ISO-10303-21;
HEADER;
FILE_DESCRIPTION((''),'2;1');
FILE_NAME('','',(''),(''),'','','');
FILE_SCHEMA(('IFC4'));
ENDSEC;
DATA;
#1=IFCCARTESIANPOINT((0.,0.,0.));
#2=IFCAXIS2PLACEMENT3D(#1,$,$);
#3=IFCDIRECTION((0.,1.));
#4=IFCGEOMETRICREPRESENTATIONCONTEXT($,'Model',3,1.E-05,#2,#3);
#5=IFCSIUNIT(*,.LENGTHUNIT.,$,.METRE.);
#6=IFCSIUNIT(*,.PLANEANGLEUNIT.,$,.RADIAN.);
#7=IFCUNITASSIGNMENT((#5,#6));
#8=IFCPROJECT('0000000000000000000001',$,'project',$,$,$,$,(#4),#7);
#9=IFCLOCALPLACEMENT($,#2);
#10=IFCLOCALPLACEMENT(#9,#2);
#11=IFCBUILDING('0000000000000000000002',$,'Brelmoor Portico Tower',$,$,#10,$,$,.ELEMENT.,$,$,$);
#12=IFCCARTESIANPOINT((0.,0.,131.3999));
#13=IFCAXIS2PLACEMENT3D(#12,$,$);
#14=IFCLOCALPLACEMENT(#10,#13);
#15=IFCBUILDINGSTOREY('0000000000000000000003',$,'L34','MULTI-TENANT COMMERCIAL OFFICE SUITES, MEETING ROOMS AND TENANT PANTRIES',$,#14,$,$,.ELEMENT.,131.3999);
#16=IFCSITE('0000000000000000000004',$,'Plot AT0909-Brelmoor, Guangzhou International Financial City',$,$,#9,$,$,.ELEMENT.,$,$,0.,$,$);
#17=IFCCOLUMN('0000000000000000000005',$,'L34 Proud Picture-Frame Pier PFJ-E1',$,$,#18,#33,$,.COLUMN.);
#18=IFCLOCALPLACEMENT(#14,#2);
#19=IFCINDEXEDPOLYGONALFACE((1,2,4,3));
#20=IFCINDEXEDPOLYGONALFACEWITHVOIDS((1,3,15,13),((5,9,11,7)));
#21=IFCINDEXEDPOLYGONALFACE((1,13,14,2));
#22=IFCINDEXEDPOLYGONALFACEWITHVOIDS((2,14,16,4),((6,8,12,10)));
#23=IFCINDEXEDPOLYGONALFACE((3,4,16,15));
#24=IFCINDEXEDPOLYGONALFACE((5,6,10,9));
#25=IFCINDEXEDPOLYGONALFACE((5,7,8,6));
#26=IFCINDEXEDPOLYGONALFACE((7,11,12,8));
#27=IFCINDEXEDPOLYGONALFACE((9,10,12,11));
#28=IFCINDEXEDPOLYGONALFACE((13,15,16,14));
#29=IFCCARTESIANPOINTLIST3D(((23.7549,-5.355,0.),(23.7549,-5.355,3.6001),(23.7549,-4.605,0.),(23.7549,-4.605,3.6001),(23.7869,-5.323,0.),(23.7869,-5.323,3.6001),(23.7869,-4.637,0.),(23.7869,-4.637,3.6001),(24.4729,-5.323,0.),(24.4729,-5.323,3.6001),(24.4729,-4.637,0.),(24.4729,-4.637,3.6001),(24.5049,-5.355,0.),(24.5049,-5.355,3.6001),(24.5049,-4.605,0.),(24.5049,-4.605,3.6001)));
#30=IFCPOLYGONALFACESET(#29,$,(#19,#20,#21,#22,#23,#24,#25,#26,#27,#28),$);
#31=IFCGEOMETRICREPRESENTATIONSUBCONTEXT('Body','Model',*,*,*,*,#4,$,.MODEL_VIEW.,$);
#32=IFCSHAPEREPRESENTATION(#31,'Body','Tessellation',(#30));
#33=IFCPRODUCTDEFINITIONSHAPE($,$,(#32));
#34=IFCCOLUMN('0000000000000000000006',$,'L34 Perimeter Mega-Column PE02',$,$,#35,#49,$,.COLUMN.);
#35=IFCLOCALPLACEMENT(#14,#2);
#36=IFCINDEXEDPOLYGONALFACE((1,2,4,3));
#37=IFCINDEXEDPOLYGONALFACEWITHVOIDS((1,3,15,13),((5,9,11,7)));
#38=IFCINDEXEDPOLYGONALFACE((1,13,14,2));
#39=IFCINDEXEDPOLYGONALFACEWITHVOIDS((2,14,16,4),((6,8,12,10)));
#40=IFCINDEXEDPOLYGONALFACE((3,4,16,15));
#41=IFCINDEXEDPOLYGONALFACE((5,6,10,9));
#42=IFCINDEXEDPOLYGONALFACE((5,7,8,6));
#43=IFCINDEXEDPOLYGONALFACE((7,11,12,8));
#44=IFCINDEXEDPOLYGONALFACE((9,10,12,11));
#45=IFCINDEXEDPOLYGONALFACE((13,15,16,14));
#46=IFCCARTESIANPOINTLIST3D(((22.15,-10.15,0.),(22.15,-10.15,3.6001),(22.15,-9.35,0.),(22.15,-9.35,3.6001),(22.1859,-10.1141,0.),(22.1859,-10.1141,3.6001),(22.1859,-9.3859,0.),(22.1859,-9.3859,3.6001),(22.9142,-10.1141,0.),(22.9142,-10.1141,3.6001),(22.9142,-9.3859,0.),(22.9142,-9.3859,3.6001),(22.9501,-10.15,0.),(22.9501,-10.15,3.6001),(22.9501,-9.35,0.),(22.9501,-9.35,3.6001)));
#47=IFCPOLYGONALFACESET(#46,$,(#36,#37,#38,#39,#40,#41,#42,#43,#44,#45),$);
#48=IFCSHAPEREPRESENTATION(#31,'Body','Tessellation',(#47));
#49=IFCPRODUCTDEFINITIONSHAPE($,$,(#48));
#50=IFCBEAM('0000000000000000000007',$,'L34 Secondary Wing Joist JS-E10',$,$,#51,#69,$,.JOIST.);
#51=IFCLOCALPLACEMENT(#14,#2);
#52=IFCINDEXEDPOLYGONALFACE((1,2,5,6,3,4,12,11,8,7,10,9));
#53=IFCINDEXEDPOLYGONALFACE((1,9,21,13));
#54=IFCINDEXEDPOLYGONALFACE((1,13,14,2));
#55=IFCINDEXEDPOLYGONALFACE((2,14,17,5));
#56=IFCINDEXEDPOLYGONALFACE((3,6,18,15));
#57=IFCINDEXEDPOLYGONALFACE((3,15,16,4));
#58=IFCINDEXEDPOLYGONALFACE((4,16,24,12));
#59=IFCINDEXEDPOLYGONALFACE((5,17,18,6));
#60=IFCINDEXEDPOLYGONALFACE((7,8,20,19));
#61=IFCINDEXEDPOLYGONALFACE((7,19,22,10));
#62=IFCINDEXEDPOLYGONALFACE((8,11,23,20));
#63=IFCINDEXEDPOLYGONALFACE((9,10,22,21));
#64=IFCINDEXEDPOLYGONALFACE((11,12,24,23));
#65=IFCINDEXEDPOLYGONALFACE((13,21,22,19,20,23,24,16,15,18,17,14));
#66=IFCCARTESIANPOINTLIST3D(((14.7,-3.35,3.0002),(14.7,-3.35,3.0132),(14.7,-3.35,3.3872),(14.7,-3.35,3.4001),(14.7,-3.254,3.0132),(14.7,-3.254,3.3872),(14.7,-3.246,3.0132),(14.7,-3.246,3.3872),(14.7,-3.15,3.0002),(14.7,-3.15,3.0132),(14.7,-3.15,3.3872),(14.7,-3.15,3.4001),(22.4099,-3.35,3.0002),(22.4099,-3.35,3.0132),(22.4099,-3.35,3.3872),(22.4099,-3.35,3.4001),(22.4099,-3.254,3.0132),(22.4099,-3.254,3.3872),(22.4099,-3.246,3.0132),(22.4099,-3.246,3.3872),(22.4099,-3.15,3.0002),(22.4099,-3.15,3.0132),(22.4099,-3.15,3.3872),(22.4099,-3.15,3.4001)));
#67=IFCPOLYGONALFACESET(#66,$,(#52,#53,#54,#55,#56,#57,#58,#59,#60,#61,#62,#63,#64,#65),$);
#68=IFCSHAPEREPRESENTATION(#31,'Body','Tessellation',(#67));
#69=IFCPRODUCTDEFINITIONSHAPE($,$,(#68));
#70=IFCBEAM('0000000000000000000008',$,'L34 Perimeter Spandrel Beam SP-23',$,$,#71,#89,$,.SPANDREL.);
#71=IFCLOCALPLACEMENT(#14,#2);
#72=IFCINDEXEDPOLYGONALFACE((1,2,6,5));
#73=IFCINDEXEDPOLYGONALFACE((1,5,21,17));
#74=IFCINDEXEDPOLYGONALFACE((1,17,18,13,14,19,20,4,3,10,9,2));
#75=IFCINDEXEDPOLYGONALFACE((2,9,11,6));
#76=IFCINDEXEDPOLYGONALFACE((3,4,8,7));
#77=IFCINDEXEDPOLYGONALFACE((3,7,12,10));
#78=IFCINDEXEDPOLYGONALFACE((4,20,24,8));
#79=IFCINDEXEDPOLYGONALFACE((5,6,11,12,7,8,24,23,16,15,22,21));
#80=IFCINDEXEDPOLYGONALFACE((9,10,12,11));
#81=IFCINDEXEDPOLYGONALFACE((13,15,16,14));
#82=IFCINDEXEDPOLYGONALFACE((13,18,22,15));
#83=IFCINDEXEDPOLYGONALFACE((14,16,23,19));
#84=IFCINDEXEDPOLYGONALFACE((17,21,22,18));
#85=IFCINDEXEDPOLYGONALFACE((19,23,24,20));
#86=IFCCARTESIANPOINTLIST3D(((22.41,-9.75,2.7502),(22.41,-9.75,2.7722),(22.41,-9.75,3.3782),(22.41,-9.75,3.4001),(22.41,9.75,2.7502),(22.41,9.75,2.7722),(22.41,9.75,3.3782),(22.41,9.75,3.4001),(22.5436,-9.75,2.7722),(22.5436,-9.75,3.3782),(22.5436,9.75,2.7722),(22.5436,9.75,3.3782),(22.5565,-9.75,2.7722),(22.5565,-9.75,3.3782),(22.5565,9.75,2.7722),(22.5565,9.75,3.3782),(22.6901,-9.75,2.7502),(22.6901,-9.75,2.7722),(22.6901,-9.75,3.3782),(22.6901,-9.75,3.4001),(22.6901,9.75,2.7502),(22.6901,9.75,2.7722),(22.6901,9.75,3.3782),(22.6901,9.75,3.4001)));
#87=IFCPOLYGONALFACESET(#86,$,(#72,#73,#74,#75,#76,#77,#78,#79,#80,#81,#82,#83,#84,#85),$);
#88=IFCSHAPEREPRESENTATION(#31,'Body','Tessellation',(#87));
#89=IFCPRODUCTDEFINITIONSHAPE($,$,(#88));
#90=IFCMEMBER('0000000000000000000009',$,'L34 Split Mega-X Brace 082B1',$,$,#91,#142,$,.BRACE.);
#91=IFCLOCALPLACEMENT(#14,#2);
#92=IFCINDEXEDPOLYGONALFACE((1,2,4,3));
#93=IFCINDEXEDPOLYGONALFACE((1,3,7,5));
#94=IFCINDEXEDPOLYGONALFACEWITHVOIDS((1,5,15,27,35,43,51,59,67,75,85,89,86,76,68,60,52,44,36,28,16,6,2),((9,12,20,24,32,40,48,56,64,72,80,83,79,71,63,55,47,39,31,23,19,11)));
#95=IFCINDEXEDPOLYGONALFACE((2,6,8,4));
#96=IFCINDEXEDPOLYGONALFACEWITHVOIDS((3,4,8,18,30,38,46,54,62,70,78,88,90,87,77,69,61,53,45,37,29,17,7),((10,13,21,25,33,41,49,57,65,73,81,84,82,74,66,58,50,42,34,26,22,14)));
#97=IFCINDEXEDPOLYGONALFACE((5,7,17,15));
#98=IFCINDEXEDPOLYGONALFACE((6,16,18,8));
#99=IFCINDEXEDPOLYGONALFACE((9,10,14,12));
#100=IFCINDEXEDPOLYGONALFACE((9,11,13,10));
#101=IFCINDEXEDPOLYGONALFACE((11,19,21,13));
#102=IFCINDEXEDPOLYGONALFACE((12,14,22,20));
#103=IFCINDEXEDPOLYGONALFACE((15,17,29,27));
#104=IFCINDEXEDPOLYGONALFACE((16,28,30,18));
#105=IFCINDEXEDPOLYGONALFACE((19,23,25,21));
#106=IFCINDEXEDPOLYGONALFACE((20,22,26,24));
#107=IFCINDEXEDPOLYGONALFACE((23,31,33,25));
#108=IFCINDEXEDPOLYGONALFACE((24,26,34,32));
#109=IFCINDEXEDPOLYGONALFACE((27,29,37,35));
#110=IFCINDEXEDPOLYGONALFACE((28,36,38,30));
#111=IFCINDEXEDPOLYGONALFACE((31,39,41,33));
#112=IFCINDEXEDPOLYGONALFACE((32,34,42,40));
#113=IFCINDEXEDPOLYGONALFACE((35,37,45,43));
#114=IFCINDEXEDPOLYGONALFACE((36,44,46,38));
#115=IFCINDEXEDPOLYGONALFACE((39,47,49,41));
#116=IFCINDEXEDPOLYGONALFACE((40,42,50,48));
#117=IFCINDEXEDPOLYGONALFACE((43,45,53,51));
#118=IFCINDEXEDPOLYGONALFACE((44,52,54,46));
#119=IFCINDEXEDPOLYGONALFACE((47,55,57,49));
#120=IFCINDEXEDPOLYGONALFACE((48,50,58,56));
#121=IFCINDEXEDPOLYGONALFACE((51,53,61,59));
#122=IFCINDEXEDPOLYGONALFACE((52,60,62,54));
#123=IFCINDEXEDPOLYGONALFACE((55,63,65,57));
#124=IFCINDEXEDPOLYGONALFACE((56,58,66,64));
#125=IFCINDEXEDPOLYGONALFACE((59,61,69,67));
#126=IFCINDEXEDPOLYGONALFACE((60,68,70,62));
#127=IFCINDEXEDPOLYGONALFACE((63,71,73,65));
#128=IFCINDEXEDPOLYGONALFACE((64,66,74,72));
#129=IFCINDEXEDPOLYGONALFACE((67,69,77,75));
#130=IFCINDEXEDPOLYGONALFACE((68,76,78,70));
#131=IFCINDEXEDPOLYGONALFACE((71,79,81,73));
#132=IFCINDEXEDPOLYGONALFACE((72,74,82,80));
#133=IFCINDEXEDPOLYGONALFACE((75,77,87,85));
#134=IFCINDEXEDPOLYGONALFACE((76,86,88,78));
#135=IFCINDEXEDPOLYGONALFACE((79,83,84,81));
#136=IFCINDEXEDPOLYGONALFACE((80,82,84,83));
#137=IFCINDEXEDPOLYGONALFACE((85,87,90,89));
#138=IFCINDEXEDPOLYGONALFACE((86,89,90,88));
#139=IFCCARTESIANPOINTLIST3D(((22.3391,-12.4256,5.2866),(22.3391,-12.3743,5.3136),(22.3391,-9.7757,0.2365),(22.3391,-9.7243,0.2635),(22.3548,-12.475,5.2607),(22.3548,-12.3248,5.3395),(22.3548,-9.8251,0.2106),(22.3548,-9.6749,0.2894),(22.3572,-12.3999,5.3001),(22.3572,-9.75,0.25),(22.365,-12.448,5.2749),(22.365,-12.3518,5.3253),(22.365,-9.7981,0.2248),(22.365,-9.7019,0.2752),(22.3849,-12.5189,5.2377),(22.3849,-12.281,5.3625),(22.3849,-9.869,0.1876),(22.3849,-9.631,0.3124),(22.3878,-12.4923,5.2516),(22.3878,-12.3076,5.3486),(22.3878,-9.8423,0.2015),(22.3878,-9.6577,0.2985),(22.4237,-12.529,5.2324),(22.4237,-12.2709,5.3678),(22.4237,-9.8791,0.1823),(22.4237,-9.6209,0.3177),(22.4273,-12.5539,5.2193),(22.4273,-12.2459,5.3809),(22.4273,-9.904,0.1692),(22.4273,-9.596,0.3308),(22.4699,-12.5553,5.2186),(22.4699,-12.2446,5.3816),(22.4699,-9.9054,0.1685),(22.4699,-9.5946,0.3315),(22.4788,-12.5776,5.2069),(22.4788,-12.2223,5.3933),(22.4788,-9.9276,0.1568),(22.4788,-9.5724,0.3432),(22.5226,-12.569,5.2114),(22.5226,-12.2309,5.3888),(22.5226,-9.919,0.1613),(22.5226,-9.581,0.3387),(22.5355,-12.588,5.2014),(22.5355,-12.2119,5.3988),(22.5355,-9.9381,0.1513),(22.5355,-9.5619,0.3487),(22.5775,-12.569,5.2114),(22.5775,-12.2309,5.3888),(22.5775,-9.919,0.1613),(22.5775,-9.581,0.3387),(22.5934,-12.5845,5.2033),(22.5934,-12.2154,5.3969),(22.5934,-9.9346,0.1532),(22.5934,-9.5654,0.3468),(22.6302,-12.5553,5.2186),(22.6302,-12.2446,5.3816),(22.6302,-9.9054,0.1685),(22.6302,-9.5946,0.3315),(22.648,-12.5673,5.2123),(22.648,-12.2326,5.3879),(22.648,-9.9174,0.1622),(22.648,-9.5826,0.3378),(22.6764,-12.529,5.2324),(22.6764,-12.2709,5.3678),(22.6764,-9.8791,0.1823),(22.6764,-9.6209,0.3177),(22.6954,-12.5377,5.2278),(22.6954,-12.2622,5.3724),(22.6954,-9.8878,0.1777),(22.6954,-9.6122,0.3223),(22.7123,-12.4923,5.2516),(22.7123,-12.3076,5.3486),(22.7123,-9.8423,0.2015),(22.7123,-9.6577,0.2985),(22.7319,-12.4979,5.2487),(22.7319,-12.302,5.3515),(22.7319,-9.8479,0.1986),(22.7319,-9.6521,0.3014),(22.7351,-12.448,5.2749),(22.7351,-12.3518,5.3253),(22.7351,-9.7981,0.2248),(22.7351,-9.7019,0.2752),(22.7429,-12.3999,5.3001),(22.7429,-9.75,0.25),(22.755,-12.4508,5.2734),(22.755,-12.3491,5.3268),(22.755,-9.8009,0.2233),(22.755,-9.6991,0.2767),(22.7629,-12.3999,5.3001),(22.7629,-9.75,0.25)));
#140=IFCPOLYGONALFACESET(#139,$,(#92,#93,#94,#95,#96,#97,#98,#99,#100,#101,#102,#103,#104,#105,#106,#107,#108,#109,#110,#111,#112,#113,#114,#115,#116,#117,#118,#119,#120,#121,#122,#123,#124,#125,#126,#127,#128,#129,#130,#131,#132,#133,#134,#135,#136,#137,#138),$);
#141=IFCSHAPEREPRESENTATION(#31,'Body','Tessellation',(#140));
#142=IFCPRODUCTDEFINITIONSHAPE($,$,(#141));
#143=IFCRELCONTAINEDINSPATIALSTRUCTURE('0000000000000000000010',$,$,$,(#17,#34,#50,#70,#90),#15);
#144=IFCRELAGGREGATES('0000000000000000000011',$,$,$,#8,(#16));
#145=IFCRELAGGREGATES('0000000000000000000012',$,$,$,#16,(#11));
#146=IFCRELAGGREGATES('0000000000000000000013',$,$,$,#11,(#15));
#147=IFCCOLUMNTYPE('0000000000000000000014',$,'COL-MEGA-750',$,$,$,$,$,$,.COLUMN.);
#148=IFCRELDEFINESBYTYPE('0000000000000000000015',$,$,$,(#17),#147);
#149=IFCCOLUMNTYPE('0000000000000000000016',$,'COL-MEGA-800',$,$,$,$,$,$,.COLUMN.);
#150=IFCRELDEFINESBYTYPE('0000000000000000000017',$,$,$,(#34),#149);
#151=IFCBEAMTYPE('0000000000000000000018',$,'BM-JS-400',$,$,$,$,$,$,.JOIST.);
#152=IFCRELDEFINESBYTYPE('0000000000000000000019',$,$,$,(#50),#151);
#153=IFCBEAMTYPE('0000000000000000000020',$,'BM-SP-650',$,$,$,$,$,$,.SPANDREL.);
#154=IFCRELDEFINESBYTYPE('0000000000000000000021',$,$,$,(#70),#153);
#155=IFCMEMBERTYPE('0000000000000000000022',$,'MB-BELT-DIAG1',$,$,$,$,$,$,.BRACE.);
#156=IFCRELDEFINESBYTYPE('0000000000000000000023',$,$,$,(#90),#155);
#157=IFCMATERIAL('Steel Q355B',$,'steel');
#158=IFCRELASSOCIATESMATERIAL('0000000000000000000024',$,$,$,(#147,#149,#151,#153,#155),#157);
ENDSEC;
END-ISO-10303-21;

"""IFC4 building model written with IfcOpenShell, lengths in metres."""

from ifc_helpers import new_model, si_unit, direction, frame, origin, origin_2d, place, context, subcontext, project, spatial, hollow_rectangle, hollow_circle, i_section, extrude, material, material_profile, profile_set, type_object, element, save


model = new_model("IFC4")

# Units and contexts
model_context = context("Model", 3, precision=1e-05, world=origin(), true_north=direction((0.0, 1.0)))
body_context = subcontext(model_context, "Body", "Model", "MODEL_VIEW")
ifc_project = project(units=[si_unit("LENGTHUNIT", "METRE"), si_unit("PLANEANGLEUNIT", "RADIAN")], contexts=[model_context])

# Site, building, storey
site_placement = place(None, origin())
site = spatial("IfcSite", under=ifc_project, at=site_placement, Name="Plot AT0909-Brelmoor, Guangzhou International Financial City", CompositionType="ELEMENT", RefElevation=0.0)
building_placement = place(site_placement, origin())
building = spatial("IfcBuilding", under=site, at=building_placement, Name="Brelmoor Portico Tower", CompositionType="ELEMENT")
storey_placement = place(building_placement, frame((0.0, 0.0, 131.3999)))
storey = spatial("IfcBuildingStorey", under=building, at=storey_placement, Name="L34", Description="MULTI-TENANT COMMERCIAL OFFICE SUITES, MEETING ROOMS AND TENANT PANTRIES", CompositionType="ELEMENT", Elevation=131.3999)

# Columns
ifc_material_1 = material(Name="Steel Q355B", Category="steel")
ifc_material_profile_1 = material_profile(ifc_material_1, hollow_rectangle(XDim=0.75, YDim=0.75, WallThickness=0.032, at=origin_2d()), Name="BOX 750x750x32")
ifc_profile_set_1 = profile_set([ifc_material_profile_1], Name="Steel Q355B")
column_type_1 = type_object("IfcColumnType", Name="COL-MEGA-750", PredefinedType="COLUMN", material=ifc_profile_set_1)
column_1_placement = place(storey_placement, frame((24.1299, -4.98, 0.0), z_axis=(0.0, 0.0, 1.0), x_axis=(0.0, 1.0, 0.0)))
element("IfcColumn", 1, at=column_1_placement, inside=storey, type_object=column_type_1, Name="L34 Proud Picture-Frame Pier PFJ-E1", PredefinedType="COLUMN", context=body_context, shape_type="SweptSolid", body=[
    extrude(hollow_rectangle(XDim=0.75, YDim=0.75, WallThickness=0.032, at=origin_2d()), origin(), (0.0, 0.0, 1.0), 3.6001),
])
ifc_material_profile_2 = material_profile(ifc_material_1, hollow_rectangle(XDim=0.8, YDim=0.8, WallThickness=0.0359, at=origin_2d()), Name="BOX 800x800x36")
ifc_profile_set_2 = profile_set([ifc_material_profile_2], Name="Steel Q355B")
column_type_2 = type_object("IfcColumnType", Name="COL-MEGA-800", PredefinedType="COLUMN", material=ifc_profile_set_2)
column_2_placement = place(storey_placement, frame((22.55, -9.75, 0.0), z_axis=(0.0, 0.0, 1.0), x_axis=(0.0, 1.0, 0.0)))
element("IfcColumn", 2, at=column_2_placement, inside=storey, type_object=column_type_2, Name="L34 Perimeter Mega-Column PE02", PredefinedType="COLUMN", context=body_context, shape_type="SweptSolid", body=[
    extrude(hollow_rectangle(XDim=0.8, YDim=0.8, WallThickness=0.0359, at=origin_2d()), origin(), (0.0, 0.0, 1.0), 3.6001),
])

# Beams
ifc_material_profile_3 = material_profile(ifc_material_1, i_section(OverallWidth=0.2, OverallDepth=0.3999, WebThickness=0.0081, FlangeThickness=0.0129, at=origin_2d()), Name="HN 400x200x8x13")
ifc_profile_set_3 = profile_set([ifc_material_profile_3], Name="Steel Q355B")
beam_type_1 = type_object("IfcBeamType", Name="BM-JS-400", PredefinedType="JOIST", material=ifc_profile_set_3)
beam_1_placement = place(storey_placement, frame((14.7, -3.25, 3.2002), z_axis=(1.0, 0.0, 0.0), x_axis=(0.0, 1.0, 0.0)))
element("IfcBeam", 3, at=beam_1_placement, inside=storey, type_object=beam_type_1, Name="L34 Secondary Wing Joist JS-E10", PredefinedType="JOIST", context=body_context, shape_type="SweptSolid", body=[
    extrude(i_section(OverallWidth=0.2, OverallDepth=0.3999, WebThickness=0.0081, FlangeThickness=0.0129, at=origin_2d()), origin(), (0.0, 0.0, 1.0), 7.71),
])
ifc_material_profile_4 = material_profile(ifc_material_1, i_section(OverallWidth=0.28, OverallDepth=0.6499, WebThickness=0.0129, FlangeThickness=0.022, at=origin_2d()), Name="HN 650x280x13x22")
ifc_profile_set_4 = profile_set([ifc_material_profile_4], Name="Steel Q355B")
beam_type_2 = type_object("IfcBeamType", Name="BM-SP-650", PredefinedType="SPANDREL", material=ifc_profile_set_4)
beam_2_placement = place(storey_placement, frame((22.55, -9.75, 3.0752), z_axis=(0.0, 1.0, 0.0), x_axis=(-1.0, 0.0, 0.0)))
element("IfcBeam", 4, at=beam_2_placement, inside=storey, type_object=beam_type_2, Name="L34 Perimeter Spandrel Beam SP-23", PredefinedType="SPANDREL", context=body_context, shape_type="SweptSolid", body=[
    extrude(i_section(OverallWidth=0.28, OverallDepth=0.6499, WebThickness=0.0129, FlangeThickness=0.022, at=origin_2d()), origin(), (0.0, 0.0, 1.0), 19.5),
])

# Member
ifc_material_profile_5 = material_profile(ifc_material_1, hollow_circle(Radius=0.2129, WallThickness=0.02, at=origin_2d()), Name="CHS 426x20")
ifc_profile_set_5 = profile_set([ifc_material_profile_5], Name="Steel Q355B")
member_type_1 = type_object("IfcMemberType", Name="MB-BELT-DIAG1", PredefinedType="BRACE", material=ifc_profile_set_5)
for number, where, z_axis, x_axis, name in (
    (5, (22.55, -9.75, 0.25), (0.0, -0.464645, 0.885497), (1.0, 0.0, 0.0), "L34 Split Mega-X Brace 082B1"),
):
    element("IfcMember", number, at=place(storey_placement, frame(where, z_axis=z_axis, x_axis=x_axis)), inside=storey, type_object=member_type_1, Name=name, PredefinedType="BRACE", context=body_context, shape_type="SweptSolid", body=[
        extrude(hollow_circle(Radius=0.2129, WallThickness=0.02, at=origin_2d()), origin(), (0.0, 0.0, 1.0), 5.7031),
    ])

save(model, "model.ifc")
